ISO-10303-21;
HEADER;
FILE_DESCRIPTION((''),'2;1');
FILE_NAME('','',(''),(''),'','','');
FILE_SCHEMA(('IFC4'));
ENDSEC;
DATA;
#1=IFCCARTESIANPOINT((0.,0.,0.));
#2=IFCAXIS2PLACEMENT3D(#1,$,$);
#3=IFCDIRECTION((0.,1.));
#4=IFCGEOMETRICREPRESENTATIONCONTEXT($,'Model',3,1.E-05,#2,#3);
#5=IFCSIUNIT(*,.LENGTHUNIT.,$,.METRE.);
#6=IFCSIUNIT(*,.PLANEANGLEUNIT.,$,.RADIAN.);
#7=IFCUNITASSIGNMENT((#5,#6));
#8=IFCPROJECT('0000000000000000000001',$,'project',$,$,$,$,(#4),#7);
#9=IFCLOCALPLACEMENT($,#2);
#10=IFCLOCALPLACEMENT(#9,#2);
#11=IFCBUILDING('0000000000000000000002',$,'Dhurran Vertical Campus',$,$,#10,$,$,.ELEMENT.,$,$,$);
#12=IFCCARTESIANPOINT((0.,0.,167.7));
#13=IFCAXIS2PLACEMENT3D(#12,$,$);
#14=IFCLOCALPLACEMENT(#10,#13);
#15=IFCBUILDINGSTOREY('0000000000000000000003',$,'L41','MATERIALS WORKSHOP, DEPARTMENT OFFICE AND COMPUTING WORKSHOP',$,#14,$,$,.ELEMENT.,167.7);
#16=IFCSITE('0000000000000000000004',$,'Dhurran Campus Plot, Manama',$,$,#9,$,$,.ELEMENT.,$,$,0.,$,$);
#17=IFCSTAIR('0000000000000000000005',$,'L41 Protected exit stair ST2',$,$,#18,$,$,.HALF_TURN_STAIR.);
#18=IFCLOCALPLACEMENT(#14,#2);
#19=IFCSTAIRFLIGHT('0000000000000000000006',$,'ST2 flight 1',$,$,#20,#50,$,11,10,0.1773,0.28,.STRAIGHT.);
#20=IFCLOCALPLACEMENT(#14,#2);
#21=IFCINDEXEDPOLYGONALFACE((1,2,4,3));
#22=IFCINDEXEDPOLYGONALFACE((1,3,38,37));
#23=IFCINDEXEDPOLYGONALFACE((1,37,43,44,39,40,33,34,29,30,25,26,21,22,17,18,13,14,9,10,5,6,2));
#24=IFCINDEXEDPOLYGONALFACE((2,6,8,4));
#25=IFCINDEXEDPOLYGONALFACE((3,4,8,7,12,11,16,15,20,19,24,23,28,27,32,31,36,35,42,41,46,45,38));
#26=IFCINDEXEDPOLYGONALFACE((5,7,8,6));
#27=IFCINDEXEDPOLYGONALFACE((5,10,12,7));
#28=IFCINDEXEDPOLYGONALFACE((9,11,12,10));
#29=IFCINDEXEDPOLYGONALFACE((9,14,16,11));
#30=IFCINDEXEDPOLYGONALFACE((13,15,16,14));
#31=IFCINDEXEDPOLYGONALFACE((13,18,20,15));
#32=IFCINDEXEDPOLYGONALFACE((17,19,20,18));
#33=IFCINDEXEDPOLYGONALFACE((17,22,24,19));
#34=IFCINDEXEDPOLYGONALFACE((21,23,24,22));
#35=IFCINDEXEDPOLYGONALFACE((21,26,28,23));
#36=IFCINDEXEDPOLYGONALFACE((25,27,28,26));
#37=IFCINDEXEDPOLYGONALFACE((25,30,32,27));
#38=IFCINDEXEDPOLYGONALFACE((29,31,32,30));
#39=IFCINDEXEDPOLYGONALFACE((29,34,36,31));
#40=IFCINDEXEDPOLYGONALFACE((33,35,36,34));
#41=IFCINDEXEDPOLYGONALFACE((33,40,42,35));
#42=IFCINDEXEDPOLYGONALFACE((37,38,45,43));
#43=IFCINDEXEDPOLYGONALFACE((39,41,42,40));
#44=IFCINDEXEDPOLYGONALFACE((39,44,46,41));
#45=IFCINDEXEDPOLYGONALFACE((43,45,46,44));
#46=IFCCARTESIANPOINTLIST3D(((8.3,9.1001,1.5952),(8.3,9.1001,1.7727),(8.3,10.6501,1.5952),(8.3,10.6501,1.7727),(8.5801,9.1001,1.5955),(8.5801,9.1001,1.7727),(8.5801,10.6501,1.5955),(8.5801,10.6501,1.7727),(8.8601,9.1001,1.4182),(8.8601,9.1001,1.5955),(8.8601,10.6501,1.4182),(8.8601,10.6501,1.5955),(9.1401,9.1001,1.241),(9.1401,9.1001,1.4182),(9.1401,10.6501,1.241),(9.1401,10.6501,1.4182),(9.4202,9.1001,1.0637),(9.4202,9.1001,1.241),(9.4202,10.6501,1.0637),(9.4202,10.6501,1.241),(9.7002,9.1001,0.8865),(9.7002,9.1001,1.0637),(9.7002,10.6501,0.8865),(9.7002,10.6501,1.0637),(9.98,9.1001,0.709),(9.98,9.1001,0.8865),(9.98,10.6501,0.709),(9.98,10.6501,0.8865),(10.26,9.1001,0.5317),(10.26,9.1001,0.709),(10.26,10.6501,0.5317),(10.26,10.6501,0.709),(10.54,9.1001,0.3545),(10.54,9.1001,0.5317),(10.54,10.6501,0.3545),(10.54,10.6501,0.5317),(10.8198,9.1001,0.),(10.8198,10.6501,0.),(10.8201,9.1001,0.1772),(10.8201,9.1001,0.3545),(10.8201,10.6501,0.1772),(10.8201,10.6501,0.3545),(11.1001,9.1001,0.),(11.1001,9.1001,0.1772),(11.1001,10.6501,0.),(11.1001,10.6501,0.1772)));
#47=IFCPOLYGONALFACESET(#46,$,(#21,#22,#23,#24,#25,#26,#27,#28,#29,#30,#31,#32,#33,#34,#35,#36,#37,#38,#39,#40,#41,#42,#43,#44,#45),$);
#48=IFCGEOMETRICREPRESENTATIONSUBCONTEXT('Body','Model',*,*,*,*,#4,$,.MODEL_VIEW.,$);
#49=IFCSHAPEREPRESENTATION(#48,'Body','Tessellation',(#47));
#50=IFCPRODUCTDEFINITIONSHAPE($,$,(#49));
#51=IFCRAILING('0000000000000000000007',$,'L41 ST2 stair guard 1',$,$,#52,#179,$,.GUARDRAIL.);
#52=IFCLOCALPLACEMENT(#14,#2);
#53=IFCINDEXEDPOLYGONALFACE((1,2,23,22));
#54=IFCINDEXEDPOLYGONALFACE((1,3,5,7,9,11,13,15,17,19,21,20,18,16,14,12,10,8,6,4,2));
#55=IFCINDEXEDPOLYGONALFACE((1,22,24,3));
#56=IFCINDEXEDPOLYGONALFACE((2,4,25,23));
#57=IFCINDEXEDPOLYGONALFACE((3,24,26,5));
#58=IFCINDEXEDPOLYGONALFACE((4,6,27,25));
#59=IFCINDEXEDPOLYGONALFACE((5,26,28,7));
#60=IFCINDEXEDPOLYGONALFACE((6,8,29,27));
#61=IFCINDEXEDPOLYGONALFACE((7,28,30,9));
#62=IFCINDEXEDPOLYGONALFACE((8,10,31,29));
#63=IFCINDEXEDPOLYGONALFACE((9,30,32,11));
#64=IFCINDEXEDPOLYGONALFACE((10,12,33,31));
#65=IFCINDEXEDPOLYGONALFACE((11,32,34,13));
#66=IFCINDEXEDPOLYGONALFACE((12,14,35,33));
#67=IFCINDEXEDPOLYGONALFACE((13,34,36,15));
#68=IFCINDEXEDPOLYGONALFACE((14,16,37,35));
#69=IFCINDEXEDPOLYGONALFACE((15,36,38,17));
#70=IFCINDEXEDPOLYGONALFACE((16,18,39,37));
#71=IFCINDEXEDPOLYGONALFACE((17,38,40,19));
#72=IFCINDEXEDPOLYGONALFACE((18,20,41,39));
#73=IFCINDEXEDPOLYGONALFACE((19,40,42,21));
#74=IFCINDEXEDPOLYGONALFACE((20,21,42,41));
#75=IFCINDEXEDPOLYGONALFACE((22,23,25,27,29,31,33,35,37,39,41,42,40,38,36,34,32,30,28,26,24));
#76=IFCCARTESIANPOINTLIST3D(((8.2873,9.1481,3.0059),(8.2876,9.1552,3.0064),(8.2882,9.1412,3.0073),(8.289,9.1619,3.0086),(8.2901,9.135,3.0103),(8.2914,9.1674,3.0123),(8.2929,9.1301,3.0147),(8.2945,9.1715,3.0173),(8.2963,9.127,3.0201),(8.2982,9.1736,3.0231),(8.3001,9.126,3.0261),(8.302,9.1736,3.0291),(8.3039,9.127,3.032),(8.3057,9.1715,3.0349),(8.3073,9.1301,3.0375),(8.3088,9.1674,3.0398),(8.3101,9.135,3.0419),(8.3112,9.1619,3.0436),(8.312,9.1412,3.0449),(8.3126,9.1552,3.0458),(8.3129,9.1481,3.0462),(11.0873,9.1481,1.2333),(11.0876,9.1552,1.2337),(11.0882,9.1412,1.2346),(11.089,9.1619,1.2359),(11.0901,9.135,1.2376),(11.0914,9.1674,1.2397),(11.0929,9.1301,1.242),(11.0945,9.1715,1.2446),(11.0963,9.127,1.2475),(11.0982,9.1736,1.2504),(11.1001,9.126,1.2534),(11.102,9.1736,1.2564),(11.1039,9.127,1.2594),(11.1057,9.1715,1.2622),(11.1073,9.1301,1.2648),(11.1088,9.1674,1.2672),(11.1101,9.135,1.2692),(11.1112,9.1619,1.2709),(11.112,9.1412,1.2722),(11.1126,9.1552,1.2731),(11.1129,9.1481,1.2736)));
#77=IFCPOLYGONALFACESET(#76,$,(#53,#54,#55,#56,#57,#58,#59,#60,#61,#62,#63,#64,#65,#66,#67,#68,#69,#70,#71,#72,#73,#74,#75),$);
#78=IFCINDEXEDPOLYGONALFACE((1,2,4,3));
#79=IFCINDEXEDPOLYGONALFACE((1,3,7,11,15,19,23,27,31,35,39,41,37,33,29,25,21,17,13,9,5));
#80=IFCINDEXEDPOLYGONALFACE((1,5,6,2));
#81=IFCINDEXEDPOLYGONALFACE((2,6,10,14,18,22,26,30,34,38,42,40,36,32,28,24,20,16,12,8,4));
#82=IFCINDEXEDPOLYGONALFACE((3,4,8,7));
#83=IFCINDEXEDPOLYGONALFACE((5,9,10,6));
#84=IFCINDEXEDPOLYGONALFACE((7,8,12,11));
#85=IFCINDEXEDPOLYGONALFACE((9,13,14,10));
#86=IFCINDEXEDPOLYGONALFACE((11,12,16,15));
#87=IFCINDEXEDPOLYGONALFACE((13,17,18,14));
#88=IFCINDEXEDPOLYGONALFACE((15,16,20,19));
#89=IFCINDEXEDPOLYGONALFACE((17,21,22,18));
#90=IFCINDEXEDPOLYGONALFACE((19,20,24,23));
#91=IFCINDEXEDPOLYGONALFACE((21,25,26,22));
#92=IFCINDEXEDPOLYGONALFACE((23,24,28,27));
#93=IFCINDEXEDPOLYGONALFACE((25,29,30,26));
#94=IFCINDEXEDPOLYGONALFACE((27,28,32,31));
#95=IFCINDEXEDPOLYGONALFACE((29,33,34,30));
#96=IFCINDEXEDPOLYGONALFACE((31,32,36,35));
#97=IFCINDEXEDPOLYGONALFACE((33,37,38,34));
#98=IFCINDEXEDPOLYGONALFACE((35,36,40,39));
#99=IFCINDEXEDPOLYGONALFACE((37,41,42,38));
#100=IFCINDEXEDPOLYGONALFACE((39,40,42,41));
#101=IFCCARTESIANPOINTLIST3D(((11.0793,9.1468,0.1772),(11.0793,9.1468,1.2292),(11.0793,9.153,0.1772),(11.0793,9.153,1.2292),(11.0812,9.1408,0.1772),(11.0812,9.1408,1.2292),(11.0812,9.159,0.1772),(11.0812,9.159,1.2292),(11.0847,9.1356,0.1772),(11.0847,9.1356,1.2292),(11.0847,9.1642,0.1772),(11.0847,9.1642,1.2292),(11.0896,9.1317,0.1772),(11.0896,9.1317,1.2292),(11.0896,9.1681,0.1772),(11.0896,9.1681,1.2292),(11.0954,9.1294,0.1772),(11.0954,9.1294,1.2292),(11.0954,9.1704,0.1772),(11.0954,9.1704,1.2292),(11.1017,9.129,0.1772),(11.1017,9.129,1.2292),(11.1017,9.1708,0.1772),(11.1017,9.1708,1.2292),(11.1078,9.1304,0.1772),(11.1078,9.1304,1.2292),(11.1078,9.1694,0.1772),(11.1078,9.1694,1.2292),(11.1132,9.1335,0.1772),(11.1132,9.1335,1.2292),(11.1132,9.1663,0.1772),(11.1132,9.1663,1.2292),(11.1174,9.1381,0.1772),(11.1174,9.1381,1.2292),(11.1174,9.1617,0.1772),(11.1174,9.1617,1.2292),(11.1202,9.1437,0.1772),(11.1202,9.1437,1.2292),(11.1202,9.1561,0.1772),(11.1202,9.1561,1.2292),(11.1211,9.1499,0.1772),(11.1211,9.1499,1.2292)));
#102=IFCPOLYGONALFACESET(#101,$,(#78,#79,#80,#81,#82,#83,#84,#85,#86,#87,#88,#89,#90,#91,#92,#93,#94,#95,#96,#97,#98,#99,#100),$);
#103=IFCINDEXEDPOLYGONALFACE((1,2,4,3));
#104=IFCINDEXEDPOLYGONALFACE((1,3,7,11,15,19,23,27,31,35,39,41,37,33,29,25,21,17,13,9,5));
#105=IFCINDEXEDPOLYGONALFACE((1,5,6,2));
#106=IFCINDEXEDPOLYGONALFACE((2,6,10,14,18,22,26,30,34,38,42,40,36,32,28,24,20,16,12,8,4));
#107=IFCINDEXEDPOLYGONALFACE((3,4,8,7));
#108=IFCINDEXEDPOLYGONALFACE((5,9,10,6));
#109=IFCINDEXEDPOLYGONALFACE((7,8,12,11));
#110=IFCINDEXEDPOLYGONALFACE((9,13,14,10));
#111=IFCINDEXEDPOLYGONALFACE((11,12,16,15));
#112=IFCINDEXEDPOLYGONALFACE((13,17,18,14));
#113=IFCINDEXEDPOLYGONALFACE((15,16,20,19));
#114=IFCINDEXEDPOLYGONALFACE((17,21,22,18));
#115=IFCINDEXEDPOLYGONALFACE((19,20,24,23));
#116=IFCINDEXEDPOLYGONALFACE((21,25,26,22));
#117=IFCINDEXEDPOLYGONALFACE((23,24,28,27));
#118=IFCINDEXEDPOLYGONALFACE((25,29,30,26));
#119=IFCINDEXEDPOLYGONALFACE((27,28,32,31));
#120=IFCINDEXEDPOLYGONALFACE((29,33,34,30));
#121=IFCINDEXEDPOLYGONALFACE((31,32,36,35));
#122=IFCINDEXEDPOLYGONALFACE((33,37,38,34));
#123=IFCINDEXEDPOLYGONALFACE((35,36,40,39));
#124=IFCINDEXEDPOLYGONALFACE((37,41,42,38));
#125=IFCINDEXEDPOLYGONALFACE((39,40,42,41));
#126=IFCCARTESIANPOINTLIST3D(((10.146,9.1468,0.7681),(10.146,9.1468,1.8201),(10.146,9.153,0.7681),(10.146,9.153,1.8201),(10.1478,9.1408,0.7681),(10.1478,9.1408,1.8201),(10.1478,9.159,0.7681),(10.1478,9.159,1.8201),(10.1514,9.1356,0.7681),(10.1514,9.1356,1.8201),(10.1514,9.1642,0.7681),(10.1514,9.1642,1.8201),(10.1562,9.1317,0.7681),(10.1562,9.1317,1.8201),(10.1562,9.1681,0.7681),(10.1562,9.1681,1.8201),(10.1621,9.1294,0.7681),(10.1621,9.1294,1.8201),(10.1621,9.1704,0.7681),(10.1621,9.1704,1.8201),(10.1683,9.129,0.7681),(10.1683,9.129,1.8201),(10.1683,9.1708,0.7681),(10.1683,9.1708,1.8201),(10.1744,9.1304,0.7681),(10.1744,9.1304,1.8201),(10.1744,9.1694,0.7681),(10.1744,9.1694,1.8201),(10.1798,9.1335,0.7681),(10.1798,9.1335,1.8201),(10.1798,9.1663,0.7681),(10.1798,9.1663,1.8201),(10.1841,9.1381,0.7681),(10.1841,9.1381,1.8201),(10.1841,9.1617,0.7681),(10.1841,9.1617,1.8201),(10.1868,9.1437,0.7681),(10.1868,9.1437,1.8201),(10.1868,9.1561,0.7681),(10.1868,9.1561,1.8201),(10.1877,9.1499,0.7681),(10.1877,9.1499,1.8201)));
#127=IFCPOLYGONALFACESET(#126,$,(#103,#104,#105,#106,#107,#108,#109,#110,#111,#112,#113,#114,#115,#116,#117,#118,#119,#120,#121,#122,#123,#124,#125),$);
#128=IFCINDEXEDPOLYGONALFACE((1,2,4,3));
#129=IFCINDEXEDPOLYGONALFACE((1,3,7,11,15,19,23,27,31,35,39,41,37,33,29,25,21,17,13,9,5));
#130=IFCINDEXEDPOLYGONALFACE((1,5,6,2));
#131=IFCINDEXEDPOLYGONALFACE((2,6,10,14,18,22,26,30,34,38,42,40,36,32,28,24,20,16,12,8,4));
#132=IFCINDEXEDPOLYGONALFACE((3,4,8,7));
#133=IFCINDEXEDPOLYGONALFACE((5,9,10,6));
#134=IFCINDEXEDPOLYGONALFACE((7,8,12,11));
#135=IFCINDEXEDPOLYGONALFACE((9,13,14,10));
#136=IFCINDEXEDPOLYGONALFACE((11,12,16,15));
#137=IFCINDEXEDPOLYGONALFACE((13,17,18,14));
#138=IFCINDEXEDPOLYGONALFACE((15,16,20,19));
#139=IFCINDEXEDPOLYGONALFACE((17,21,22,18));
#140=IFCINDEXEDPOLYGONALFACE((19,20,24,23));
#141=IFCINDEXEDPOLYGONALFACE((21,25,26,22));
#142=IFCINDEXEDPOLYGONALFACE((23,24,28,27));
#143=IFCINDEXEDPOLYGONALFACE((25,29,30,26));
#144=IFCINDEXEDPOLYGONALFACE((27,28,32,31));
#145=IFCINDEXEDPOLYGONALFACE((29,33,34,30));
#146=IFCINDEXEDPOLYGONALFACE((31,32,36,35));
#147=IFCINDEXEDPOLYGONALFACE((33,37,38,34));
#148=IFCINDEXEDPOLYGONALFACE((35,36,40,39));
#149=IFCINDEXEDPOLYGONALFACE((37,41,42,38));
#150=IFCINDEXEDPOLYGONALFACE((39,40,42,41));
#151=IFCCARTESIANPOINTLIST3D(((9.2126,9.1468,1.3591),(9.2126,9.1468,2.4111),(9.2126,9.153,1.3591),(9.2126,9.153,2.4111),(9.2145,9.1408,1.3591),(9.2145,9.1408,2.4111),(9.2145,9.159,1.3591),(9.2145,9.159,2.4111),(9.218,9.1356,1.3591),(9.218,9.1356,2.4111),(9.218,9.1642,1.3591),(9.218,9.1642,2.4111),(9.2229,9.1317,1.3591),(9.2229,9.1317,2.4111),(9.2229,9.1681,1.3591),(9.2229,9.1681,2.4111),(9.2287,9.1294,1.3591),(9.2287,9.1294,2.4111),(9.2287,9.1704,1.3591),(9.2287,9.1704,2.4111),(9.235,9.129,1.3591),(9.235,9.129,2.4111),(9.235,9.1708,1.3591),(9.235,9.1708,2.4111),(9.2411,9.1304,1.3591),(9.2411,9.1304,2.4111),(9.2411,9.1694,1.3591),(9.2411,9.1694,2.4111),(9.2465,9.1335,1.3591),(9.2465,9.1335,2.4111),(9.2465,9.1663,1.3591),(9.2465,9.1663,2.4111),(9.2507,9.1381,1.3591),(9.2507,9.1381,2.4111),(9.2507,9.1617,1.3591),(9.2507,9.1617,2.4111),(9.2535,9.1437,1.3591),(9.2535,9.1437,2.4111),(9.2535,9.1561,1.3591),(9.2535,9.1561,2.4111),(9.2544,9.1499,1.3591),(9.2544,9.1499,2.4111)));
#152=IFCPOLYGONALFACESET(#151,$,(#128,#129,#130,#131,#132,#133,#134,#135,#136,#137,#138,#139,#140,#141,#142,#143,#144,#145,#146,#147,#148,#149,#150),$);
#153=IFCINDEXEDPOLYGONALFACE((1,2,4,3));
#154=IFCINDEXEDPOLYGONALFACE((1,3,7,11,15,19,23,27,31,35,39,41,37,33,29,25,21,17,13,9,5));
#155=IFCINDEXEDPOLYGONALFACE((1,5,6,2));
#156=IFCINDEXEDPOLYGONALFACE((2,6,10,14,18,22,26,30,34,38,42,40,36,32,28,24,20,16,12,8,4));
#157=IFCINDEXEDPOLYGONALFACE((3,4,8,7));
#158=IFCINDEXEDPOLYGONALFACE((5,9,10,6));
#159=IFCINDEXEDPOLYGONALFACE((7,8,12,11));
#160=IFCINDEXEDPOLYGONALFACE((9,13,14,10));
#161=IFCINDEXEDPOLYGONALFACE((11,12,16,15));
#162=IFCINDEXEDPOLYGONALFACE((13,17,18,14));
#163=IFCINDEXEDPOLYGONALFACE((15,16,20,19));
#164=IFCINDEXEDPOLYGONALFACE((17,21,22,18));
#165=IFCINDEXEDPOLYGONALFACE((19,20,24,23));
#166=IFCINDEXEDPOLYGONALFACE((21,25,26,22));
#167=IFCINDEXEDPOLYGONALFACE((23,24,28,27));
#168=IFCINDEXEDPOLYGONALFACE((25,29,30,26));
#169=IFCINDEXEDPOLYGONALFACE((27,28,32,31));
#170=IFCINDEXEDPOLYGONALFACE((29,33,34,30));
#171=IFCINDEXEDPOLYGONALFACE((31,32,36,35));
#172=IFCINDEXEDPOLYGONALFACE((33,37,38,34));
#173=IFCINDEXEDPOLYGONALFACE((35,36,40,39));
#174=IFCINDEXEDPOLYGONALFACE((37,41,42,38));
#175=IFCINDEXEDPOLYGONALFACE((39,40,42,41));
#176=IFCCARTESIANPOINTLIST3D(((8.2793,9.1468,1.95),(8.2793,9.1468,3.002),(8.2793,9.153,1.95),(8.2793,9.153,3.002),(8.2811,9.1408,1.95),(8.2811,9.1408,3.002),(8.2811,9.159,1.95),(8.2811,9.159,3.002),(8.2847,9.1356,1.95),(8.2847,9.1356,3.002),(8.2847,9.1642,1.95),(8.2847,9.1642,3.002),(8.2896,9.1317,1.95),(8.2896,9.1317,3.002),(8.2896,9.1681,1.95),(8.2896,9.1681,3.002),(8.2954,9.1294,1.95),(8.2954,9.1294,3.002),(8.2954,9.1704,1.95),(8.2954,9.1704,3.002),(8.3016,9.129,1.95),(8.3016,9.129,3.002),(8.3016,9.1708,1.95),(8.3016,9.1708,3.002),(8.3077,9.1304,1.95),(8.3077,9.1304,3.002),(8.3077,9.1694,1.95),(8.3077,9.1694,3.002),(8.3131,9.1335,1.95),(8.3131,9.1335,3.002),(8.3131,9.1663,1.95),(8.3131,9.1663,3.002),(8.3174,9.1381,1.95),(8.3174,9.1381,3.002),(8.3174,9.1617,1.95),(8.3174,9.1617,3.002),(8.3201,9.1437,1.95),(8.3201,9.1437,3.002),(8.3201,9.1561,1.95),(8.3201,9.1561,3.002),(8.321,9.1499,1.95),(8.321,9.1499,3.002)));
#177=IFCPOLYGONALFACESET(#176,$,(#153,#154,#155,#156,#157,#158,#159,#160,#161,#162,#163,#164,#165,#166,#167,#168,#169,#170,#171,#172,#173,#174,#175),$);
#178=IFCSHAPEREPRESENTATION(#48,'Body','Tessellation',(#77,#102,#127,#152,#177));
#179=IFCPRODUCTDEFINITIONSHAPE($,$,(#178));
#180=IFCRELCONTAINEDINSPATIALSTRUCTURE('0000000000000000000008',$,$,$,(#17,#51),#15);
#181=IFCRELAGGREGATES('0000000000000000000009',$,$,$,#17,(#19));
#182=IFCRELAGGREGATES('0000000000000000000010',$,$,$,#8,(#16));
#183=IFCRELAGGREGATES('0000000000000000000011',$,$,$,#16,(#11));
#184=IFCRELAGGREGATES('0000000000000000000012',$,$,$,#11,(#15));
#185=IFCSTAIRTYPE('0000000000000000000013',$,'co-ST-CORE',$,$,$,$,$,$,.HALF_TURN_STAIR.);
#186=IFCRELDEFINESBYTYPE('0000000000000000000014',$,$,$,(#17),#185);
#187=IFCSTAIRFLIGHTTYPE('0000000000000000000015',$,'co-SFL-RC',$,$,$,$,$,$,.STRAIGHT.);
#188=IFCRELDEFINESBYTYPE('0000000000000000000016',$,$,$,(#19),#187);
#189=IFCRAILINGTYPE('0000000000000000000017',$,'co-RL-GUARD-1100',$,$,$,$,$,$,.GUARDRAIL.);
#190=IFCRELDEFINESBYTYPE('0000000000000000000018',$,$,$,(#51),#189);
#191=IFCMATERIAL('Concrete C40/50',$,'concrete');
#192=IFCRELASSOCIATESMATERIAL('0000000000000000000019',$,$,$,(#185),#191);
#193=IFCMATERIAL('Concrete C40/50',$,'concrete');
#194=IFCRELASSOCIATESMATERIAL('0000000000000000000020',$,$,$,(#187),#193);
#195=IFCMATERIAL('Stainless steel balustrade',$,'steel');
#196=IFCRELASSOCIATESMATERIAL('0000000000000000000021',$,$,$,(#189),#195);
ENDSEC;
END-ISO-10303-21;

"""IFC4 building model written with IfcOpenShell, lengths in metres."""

from ifc_helpers import new_model, si_unit, direction, frame, origin, origin_2d, place, context, subcontext, project, spatial, polyline, circle, outline, extrude, material, type_object, element, aggregate, save


model = new_model("IFC4")

# Units and contexts
model_context = context("Model", 3, precision=1e-05, world=origin(), true_north=direction((0.0, 1.0)))
body_context = subcontext(model_context, "Body", "Model", "MODEL_VIEW")
ifc_project = project(units=[si_unit("LENGTHUNIT", "METRE"), si_unit("PLANEANGLEUNIT", "RADIAN")], contexts=[model_context])

# Site, building, storey
site_placement = place(None, origin())
site = spatial("IfcSite", under=ifc_project, at=site_placement, Name="Dhurran Campus Plot, Manama", CompositionType="ELEMENT", RefElevation=0.0)
building_placement = place(site_placement, origin())
building = spatial("IfcBuilding", under=site, at=building_placement, Name="Dhurran Vertical Campus", CompositionType="ELEMENT")
storey_placement = place(building_placement, frame((0.0, 0.0, 167.7)))
storey = spatial("IfcBuildingStorey", under=building, at=storey_placement, Name="L41", Description="MATERIALS WORKSHOP, DEPARTMENT OFFICE AND COMPUTING WORKSHOP", CompositionType="ELEMENT", Elevation=167.7)

# Stair, stair flight
ifc_material_1 = material(Name="Concrete C40/50", Category="concrete")
stair_type = type_object("IfcStairType", Name="co-ST-CORE", PredefinedType="HALF_TURN_STAIR", material=ifc_material_1)
stair_placement = place(storey_placement, origin())
stair = element("IfcStair", 1, at=stair_placement, inside=storey, type_object=stair_type, Name="L41 Protected exit stair ST2", PredefinedType="HALF_TURN_STAIR")
ifc_material_2 = material(Name="Concrete C40/50", Category="concrete")
stair_flight_type = type_object("IfcStairFlightType", Name="co-SFL-RC", PredefinedType="STRAIGHT", material=ifc_material_2)
stair_flight_placement = place(storey_placement, frame((11.1001, 9.875, 0.0), z_axis=(0.0, 0.0, 1.0), x_axis=(-1.0, 0.0, 0.0)))
stair_flight = element("IfcStairFlight", 2, at=stair_flight_placement, type_object=stair_flight_type, Name="ST2 flight 1", NumberOfRisers=11, NumberOfTreads=10, PredefinedType="STRAIGHT", RiserHeight=0.1773, TreadLength=0.28, context=body_context, shape_type="SweptSolid", body=[
    extrude(outline(polyline([(0.0, 0.0), (0.0, 0.1772), (0.28, 0.1772), (0.28, 0.3545), (0.5601, 0.3545), (0.5601, 0.5317), (0.8401, 0.5317), (0.8401, 0.709), (1.1201, 0.709), (1.1201, 0.8865), (1.3999, 0.8865), (1.3999, 1.0637), (1.6799, 1.0637), (1.6799, 1.241), (1.96, 1.241), (1.96, 1.4182), (2.24, 1.4182), (2.24, 1.5955), (2.52, 1.5955), (2.52, 1.7727), (2.8, 1.7727), (2.8, 1.95), (2.8, 1.5952), (0.2803, 0.0), (0.0, 0.0)])), frame((0.0, 0.7749, 0.0), z_axis=(0.0, -1.0, 0.0), x_axis=(1.0, 0.0, 0.0)), (0.0, 0.0, 1.0), 1.55),
])
aggregate(stair, [stair_flight])

# Railing
ifc_material_3 = material(Name="Stainless steel balustrade", Category="steel")
railing_type_1 = type_object("IfcRailingType", Name="co-RL-GUARD-1100", PredefinedType="GUARDRAIL", material=ifc_material_3)
railing_1_placement = place(storey_placement, frame((11.1001, 9.1499, 0.1772)))
element("IfcRailing", 3, at=railing_1_placement, inside=storey, type_object=railing_type_1, Name="L41 ST2 stair guard 1", PredefinedType="GUARDRAIL", context=body_context, shape_type="SweptSolid", body=[
    extrude(circle(Radius=0.0239, at=origin_2d()), frame((0.0, 0.0, 1.0762), z_axis=(-0.844909, 0.0, 0.53491), x_axis=(0.0, -1.0, 0.0)), (0.0, 0.0, 1.0), 3.314),
    extrude(circle(Radius=0.021, at=origin_2d()), origin(), (0.0, 0.0, 1.0), 1.052),
    extrude(circle(Radius=0.021, at=origin_2d()), frame((-0.9333, 0.0, 0.5908)), (0.0, 0.0, 1.0), 1.052),
    extrude(circle(Radius=0.021, at=origin_2d()), frame((-1.8667, 0.0, 1.1819)), (0.0, 0.0, 1.0), 1.052),
    extrude(circle(Radius=0.021, at=origin_2d()), frame((-2.8, 0.0, 1.7727)), (0.0, 0.0, 1.0), 1.052),
])

save(model, "model.ifc")
